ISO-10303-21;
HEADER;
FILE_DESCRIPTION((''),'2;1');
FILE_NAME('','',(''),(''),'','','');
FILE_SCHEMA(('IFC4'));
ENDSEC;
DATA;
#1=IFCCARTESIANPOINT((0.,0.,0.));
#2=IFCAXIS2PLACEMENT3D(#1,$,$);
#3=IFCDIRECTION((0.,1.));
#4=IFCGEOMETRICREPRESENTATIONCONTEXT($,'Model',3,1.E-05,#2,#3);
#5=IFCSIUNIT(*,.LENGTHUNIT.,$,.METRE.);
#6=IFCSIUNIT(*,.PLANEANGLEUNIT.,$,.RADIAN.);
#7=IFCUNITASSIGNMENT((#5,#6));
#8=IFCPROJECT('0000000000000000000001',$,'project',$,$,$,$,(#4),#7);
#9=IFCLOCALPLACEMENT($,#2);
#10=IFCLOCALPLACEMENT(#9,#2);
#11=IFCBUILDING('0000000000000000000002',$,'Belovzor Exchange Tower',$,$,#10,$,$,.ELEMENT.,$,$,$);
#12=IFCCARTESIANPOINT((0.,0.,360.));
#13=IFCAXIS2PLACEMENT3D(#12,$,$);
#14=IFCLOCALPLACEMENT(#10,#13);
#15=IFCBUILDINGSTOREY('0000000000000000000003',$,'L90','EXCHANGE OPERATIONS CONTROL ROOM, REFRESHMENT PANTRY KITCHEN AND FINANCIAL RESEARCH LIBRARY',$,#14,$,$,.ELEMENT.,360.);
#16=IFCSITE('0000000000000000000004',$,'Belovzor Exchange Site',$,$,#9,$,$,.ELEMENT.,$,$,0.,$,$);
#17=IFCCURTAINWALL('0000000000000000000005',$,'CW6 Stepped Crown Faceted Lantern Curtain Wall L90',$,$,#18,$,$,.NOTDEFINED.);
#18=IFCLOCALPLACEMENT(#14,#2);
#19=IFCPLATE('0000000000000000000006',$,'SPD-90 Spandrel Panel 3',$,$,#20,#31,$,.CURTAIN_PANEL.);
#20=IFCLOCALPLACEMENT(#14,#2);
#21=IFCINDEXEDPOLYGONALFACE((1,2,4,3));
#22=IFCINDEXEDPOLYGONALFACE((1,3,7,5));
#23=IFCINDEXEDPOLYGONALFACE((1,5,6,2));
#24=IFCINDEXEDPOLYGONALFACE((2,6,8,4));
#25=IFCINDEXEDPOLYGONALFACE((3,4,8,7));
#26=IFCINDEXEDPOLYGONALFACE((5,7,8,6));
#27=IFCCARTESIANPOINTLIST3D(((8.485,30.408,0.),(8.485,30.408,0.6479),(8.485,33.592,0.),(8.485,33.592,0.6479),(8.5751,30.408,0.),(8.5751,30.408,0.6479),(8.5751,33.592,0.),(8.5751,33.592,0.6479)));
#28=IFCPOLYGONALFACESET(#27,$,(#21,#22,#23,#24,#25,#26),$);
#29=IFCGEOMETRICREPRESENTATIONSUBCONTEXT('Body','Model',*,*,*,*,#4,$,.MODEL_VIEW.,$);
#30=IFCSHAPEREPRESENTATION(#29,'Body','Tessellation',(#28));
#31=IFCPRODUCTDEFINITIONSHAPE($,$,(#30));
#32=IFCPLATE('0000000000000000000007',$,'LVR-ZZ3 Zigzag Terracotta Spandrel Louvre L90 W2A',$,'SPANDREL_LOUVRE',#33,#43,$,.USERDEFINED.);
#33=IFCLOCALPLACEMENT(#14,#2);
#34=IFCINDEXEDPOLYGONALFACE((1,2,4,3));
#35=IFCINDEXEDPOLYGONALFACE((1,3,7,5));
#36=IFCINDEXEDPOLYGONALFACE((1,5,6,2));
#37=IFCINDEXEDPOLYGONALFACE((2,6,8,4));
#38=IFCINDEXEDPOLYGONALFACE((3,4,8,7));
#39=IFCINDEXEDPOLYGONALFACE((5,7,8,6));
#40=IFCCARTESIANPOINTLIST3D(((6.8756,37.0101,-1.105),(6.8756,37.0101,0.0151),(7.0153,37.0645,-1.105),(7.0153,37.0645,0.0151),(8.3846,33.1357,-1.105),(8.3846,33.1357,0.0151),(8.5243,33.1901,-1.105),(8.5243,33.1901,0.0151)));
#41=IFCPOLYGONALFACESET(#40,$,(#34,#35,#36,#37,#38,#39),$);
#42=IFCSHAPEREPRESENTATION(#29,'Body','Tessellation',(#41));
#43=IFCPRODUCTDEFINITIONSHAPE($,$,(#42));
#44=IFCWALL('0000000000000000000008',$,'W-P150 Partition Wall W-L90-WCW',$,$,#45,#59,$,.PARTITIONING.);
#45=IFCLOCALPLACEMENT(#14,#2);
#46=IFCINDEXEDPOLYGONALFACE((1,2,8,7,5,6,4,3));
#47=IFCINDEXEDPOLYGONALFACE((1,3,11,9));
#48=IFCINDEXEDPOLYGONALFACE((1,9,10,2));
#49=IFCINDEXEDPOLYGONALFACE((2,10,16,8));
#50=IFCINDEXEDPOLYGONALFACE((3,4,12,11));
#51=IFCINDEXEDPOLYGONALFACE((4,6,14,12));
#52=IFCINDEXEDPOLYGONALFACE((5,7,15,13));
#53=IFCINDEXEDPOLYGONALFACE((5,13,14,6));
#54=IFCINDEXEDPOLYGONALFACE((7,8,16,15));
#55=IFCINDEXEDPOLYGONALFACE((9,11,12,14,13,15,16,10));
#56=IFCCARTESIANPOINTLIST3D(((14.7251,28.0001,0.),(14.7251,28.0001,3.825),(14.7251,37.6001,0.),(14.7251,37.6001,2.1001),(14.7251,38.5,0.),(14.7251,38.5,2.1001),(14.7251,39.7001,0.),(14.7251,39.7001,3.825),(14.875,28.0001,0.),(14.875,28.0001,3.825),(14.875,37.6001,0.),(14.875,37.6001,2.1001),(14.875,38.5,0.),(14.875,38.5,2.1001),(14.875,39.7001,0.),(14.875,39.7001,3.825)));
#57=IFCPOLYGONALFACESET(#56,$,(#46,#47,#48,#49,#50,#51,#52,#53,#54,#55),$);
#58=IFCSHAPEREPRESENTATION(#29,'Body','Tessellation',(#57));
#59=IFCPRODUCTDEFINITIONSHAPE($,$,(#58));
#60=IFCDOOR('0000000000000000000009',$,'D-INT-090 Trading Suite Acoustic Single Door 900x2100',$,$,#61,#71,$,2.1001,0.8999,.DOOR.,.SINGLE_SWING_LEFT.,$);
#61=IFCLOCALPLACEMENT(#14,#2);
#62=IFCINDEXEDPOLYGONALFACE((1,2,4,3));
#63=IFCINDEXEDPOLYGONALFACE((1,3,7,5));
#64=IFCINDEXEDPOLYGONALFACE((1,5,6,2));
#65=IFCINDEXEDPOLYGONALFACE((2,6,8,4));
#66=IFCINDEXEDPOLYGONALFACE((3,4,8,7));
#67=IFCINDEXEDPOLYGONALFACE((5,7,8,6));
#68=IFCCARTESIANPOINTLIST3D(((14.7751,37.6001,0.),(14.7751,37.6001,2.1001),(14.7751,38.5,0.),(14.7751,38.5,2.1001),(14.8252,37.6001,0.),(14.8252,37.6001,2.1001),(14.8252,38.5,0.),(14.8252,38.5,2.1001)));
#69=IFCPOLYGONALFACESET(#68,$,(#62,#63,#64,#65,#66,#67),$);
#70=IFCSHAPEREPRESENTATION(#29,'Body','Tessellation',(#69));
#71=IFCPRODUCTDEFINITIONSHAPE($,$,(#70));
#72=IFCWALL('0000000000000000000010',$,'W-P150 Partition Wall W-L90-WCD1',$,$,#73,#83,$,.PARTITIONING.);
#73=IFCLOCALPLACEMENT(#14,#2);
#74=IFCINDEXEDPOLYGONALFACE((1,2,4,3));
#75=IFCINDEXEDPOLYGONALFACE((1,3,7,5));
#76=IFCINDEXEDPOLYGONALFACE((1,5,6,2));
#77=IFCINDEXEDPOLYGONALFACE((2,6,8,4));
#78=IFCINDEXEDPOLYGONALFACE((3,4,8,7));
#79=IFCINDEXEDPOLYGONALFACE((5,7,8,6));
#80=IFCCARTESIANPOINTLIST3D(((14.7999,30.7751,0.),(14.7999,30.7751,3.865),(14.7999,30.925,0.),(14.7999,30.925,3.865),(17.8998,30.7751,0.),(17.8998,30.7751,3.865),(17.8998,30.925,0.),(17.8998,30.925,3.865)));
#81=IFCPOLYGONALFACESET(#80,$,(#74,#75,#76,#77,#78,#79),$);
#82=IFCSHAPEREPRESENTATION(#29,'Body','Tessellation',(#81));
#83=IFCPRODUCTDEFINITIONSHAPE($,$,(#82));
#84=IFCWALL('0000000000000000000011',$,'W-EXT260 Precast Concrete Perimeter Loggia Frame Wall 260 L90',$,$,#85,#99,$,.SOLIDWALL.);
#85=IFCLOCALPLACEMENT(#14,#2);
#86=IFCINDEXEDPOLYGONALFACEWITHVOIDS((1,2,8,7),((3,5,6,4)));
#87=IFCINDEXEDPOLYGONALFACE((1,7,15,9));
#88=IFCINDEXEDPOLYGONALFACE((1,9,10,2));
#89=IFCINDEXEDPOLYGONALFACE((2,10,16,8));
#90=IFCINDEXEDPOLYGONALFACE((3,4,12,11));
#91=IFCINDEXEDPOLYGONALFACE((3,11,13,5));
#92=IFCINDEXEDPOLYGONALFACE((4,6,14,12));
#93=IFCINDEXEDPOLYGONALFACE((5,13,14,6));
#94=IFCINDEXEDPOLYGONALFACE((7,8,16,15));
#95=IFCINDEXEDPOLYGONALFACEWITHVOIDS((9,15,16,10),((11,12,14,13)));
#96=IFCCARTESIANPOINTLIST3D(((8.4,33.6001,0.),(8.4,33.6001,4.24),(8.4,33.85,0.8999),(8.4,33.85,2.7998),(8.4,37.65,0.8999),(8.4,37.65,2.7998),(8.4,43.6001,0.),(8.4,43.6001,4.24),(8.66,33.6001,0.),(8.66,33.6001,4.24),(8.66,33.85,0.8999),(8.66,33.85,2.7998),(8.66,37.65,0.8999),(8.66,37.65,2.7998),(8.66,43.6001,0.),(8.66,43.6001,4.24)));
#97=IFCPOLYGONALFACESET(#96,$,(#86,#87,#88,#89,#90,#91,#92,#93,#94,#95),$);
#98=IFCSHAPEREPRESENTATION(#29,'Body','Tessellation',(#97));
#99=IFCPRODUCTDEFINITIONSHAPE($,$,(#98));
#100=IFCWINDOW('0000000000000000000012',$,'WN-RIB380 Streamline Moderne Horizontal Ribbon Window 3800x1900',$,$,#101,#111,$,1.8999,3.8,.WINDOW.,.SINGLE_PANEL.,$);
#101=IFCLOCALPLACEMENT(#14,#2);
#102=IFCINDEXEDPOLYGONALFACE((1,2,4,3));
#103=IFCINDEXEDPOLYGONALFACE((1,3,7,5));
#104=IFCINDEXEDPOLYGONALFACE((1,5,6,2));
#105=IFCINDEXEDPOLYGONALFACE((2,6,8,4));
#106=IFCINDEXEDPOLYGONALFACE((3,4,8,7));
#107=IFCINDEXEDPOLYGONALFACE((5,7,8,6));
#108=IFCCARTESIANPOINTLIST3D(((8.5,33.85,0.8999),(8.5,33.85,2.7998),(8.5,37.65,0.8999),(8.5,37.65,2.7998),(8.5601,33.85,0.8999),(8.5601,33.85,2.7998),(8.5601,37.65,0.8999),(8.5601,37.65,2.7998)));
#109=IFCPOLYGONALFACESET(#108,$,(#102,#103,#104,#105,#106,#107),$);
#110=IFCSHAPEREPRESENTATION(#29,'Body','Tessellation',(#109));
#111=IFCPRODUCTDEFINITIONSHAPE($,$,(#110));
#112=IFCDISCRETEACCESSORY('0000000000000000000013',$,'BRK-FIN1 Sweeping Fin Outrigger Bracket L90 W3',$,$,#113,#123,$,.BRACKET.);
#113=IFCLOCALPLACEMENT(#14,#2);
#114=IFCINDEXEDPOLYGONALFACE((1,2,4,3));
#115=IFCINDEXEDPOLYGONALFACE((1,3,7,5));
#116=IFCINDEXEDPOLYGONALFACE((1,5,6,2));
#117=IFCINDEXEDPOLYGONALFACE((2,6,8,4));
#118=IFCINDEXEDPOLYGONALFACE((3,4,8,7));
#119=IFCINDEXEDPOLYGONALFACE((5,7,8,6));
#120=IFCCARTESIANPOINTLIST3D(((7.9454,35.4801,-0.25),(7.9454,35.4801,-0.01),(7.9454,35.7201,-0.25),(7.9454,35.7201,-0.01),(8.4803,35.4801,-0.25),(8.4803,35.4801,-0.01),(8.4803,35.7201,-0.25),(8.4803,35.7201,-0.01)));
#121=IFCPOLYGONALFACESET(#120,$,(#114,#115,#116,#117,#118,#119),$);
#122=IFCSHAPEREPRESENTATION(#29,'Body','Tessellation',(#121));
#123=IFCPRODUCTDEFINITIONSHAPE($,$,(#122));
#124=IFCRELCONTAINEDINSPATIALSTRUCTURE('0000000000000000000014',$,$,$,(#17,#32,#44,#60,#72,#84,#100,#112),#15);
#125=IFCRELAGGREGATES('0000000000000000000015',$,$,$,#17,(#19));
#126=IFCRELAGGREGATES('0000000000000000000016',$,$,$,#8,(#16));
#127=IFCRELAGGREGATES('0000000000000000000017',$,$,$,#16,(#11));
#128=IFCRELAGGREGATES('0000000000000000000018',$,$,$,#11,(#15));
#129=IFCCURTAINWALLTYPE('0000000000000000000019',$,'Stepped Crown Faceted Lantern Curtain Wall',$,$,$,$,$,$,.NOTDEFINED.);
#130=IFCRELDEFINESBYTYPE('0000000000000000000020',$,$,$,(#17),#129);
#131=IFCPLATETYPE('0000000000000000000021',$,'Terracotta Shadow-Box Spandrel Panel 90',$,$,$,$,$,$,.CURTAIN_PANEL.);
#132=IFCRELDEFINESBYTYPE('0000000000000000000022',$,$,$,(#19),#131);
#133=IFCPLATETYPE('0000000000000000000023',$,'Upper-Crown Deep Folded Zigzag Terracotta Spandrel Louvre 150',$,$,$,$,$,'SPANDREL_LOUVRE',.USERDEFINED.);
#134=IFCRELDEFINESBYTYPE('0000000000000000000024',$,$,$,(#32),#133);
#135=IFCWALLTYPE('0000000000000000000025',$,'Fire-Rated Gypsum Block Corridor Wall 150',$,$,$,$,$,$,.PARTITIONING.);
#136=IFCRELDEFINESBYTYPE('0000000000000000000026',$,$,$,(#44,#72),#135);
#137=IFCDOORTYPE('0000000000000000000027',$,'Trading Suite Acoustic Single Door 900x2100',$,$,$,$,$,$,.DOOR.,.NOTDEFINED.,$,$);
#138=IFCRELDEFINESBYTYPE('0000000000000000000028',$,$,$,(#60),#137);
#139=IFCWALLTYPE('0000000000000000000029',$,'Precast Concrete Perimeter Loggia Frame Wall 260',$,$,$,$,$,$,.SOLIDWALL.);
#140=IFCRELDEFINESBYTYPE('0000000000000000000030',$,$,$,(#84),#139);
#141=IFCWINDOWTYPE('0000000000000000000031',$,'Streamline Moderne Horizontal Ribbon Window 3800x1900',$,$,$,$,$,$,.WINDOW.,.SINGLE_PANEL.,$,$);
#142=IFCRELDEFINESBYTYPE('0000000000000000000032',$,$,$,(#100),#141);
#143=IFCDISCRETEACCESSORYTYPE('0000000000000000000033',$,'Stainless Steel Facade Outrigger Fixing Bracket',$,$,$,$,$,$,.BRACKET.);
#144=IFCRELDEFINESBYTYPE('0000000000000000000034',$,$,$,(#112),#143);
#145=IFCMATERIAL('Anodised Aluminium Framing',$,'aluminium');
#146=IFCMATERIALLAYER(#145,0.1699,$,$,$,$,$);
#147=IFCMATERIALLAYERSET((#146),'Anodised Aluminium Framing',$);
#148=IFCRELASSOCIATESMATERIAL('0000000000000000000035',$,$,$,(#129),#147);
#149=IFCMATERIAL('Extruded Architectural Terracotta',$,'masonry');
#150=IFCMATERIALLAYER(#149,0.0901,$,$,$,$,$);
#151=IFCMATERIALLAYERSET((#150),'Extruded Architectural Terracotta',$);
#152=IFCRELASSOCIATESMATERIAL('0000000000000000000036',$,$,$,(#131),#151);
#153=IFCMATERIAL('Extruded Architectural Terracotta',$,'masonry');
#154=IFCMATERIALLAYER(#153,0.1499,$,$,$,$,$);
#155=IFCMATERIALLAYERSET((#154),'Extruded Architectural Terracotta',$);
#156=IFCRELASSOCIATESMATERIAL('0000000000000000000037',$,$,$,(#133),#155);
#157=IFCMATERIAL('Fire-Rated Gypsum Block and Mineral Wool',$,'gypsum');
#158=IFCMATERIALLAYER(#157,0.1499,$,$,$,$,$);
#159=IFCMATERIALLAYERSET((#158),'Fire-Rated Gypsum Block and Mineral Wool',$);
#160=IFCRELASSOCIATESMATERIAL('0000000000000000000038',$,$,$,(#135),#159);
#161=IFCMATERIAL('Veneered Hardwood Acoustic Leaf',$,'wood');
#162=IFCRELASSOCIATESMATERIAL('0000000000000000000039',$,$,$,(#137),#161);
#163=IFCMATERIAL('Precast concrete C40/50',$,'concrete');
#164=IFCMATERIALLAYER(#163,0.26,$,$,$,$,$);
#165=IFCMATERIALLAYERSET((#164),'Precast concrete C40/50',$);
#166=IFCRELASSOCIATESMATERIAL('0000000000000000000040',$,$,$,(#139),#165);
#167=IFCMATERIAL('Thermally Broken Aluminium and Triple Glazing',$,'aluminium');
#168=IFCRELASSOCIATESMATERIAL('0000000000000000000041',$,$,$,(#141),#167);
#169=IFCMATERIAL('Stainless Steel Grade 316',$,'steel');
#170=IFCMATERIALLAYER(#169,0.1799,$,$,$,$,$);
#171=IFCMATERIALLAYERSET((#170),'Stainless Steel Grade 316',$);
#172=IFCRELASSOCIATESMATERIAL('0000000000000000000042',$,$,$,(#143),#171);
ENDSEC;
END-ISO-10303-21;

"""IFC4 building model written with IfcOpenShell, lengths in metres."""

from ifc_helpers import new_model, si_unit, direction, frame, frame_2d, origin, origin_2d, place, context, subcontext, project, spatial, rectangle, extrude, material, layer, layer_set, type_object, element, fill, aggregate, save


model = new_model("IFC4")

# Units and contexts
model_context = context("Model", 3, precision=1e-05, world=origin(), true_north=direction((0.0, 1.0)))
body_context = subcontext(model_context, "Body", "Model", "MODEL_VIEW")
ifc_project = project(units=[si_unit("LENGTHUNIT", "METRE"), si_unit("PLANEANGLEUNIT", "RADIAN")], contexts=[model_context])

# Site, building, storey
site_placement = place(None, origin())
site = spatial("IfcSite", under=ifc_project, at=site_placement, Name="Belovzor Exchange Site", CompositionType="ELEMENT", RefElevation=0.0)
building_placement = place(site_placement, origin())
building = spatial("IfcBuilding", under=site, at=building_placement, Name="Belovzor Exchange Tower", CompositionType="ELEMENT")
storey_placement = place(building_placement, frame((0.0, 0.0, 360.0)))
storey = spatial("IfcBuildingStorey", under=building, at=storey_placement, Name="L90", Description="EXCHANGE OPERATIONS CONTROL ROOM, REFRESHMENT PANTRY KITCHEN AND FINANCIAL RESEARCH LIBRARY", CompositionType="ELEMENT", Elevation=360.0)

# Curtain wall
ifc_material_1 = material(Name="Anodised Aluminium Framing", Category="aluminium")
ifc_layer_1 = layer(ifc_material_1, 0.1699)
ifc_layer_set_1 = layer_set([ifc_layer_1], Name="Anodised Aluminium Framing")
curtain_wall_type = type_object("IfcCurtainWallType", Name="Stepped Crown Faceted Lantern Curtain Wall", PredefinedType="NOTDEFINED", material=ifc_layer_set_1)
curtain_wall_placement = place(storey_placement, origin())
curtain_wall = element("IfcCurtainWall", 1, at=curtain_wall_placement, inside=storey, type_object=curtain_wall_type, Name="CW6 Stepped Crown Faceted Lantern Curtain Wall L90", PredefinedType="NOTDEFINED")

# Plates
ifc_material_2 = material(Name="Extruded Architectural Terracotta", Category="masonry")
ifc_layer_2 = layer(ifc_material_2, 0.0901)
ifc_layer_set_2 = layer_set([ifc_layer_2], Name="Extruded Architectural Terracotta")
plate_type_1 = type_object("IfcPlateType", Name="Terracotta Shadow-Box Spandrel Panel 90", PredefinedType="CURTAIN_PANEL", material=ifc_layer_set_2)
plate_1_placement = place(storey_placement, frame((8.53, 32.0, 0.0), z_axis=(0.0, 0.0, 1.0), x_axis=(0.0, 1.0, 0.0)))
plate_1 = element("IfcPlate", 2, at=plate_1_placement, type_object=plate_type_1, Name="SPD-90 Spandrel Panel 3", PredefinedType="CURTAIN_PANEL", context=body_context, shape_type="SweptSolid", body=[
    extrude(rectangle(XDim=3.1841, YDim=0.0901, at=origin_2d()), origin(), (0.0, 0.0, 1.0), 0.6479),
])
aggregate(curtain_wall, [plate_1])
ifc_material_3 = material(Name="Extruded Architectural Terracotta", Category="masonry")
ifc_layer_3 = layer(ifc_material_3, 0.1499)
ifc_layer_set_3 = layer_set([ifc_layer_3], Name="Extruded Architectural Terracotta")
plate_type_2 = type_object("IfcPlateType", Name="Upper-Crown Deep Folded Zigzag Terracotta Spandrel Louvre 150", ElementType="SPANDREL_LOUVRE", PredefinedType="USERDEFINED", material=ifc_layer_set_3)
plate_2_placement = place(storey_placement, frame((7.7, 35.1001, -1.105), z_axis=(0.0, 0.0, 1.0), x_axis=(-0.362926, 0.931818, 0.0)))
element("IfcPlate", 3, at=plate_2_placement, inside=storey, type_object=plate_type_2, Name="LVR-ZZ3 Zigzag Terracotta Spandrel Louvre L90 W2A", ObjectType="SPANDREL_LOUVRE", PredefinedType="USERDEFINED", context=body_context, shape_type="SweptSolid", body=[
    extrude(rectangle(XDim=4.158, YDim=0.1499, at=origin_2d()), origin(), (0.0, 0.0, 1.0), 1.1201),
])

# Wall, opening, door
ifc_material_4 = material(Name="Fire-Rated Gypsum Block and Mineral Wool", Category="gypsum")
ifc_layer_4 = layer(ifc_material_4, 0.1499)
ifc_layer_set_4 = layer_set([ifc_layer_4], Name="Fire-Rated Gypsum Block and Mineral Wool")
wall_type_1 = type_object("IfcWallType", Name="Fire-Rated Gypsum Block Corridor Wall 150", PredefinedType="PARTITIONING", material=ifc_layer_set_4)
wall_1_placement = place(storey_placement, frame((14.8, 28.0, 0.0), z_axis=(0.0, 0.0, 1.0), x_axis=(0.0, 1.0, 0.0)))
wall_1 = element("IfcWall", 4, at=wall_1_placement, inside=storey, type_object=wall_type_1, Name="W-P150 Partition Wall W-L90-WCW", PredefinedType="PARTITIONING", context=body_context, shape_type="SweptSolid", body=[
    extrude(rectangle(XDim=11.7, YDim=0.1499, at=frame_2d((5.8501, 0.0))), origin(), (0.0, 0.0, 1.0), 3.825),
])
opening_1_placement = place(wall_1_placement, frame((9.6001, 0.0, 0.0)))
opening_1 = element("IfcOpeningElement", 5, at=opening_1_placement, cuts=wall_1, PredefinedType="OPENING", context=body_context, shape_type="SweptSolid", body=[
    extrude(rectangle(XDim=0.8999, YDim=2.1001, at=frame_2d((0.45, 1.05))), frame((0.0, 0.085, 0.0), z_axis=(0.0, -1.0, 0.0), x_axis=(1.0, 0.0, 0.0)), (0.0, 0.0, 1.0), 0.1699),
])
ifc_material_5 = material(Name="Veneered Hardwood Acoustic Leaf", Category="wood")
door_type = type_object("IfcDoorType", Name="Trading Suite Acoustic Single Door 900x2100", OperationType="NOTDEFINED", PredefinedType="DOOR", material=ifc_material_5)
door_placement = place(opening_1_placement, origin())
door = element("IfcDoor", 6, at=door_placement, inside=storey, type_object=door_type, Name="D-INT-090 Trading Suite Acoustic Single Door 900x2100", OperationType="SINGLE_SWING_LEFT", OverallHeight=2.1001, OverallWidth=0.8999, PredefinedType="DOOR", context=body_context, shape_type="SweptSolid", body=[
    extrude(rectangle(XDim=0.8999, YDim=2.1001, at=frame_2d((0.45, 1.05))), frame((0.0, 0.0249, 0.0), z_axis=(0.0, -1.0, 0.0), x_axis=(1.0, 0.0, 0.0)), (0.0, 0.0, 1.0), 0.05),
])
fill(opening_1, door)

# Wall
wall_2_placement = place(storey_placement, frame((14.8, 30.8501, 0.0), z_axis=(0.0, 0.0, 1.0), x_axis=(1.0, 0.0, 0.0)))
element("IfcWall", 7, at=wall_2_placement, inside=storey, type_object=wall_type_1, Name="W-P150 Partition Wall W-L90-WCD1", PredefinedType="PARTITIONING", context=body_context, shape_type="SweptSolid", body=[
    extrude(rectangle(XDim=3.0999, YDim=0.1499, at=frame_2d((1.5498, 0.0))), origin(), (0.0, 0.0, 1.0), 3.865),
])

# Wall, opening, window
ifc_material_6 = material(Name="Precast concrete C40/50", Category="concrete")
ifc_layer_5 = layer(ifc_material_6, 0.26)
ifc_layer_set_5 = layer_set([ifc_layer_5], Name="Precast concrete C40/50")
wall_type_2 = type_object("IfcWallType", Name="Precast Concrete Perimeter Loggia Frame Wall 260", PredefinedType="SOLIDWALL", material=ifc_layer_set_5)
wall_3_placement = place(storey_placement, frame((8.53, 33.6001, 0.0), z_axis=(0.0, 0.0, 1.0), x_axis=(0.0, 1.0, 0.0)))
wall_3 = element("IfcWall", 8, at=wall_3_placement, inside=storey, type_object=wall_type_2, Name="W-EXT260 Precast Concrete Perimeter Loggia Frame Wall 260 L90", PredefinedType="SOLIDWALL", context=body_context, shape_type="SweptSolid", body=[
    extrude(rectangle(XDim=10.0, YDim=0.26, at=frame_2d((5.0, 0.0))), origin(), (0.0, 0.0, 1.0), 4.24),
])
opening_2_placement = place(wall_3_placement, frame((0.25, 0.0, 0.8999)))
opening_2 = element("IfcOpeningElement", 9, at=opening_2_placement, cuts=wall_3, PredefinedType="OPENING", context=body_context, shape_type="SweptSolid", body=[
    extrude(rectangle(XDim=3.8, YDim=1.8999, at=frame_2d((1.8999, 0.95))), frame((0.0, 0.1399, 0.0), z_axis=(0.0, -1.0, 0.0), x_axis=(1.0, 0.0, 0.0)), (0.0, 0.0, 1.0), 0.28),
])
ifc_material_7 = material(Name="Thermally Broken Aluminium and Triple Glazing", Category="aluminium")
window_type = type_object("IfcWindowType", Name="Streamline Moderne Horizontal Ribbon Window 3800x1900", PartitioningType="SINGLE_PANEL", PredefinedType="WINDOW", material=ifc_material_7)
window_placement = place(opening_2_placement, origin())
window = element("IfcWindow", 10, at=window_placement, inside=storey, type_object=window_type, Name="WN-RIB380 Streamline Moderne Horizontal Ribbon Window 3800x1900", OverallHeight=1.8999, OverallWidth=3.8, PartitioningType="SINGLE_PANEL", PredefinedType="WINDOW", context=body_context, shape_type="SweptSolid", body=[
    extrude(rectangle(XDim=3.8, YDim=1.8999, at=frame_2d((1.8999, 0.95))), frame((0.0, 0.03, 0.0), z_axis=(0.0, -1.0, 0.0), x_axis=(1.0, 0.0, 0.0)), (0.0, 0.0, 1.0), 0.0601),
])
fill(opening_2, window)

# Discrete accessory
ifc_material_8 = material(Name="Stainless Steel Grade 316", Category="steel")
ifc_layer_6 = layer(ifc_material_8, 0.1799)
ifc_layer_set_6 = layer_set([ifc_layer_6], Name="Stainless Steel Grade 316")
discrete_accessory_type = type_object("IfcDiscreteAccessoryType", Name="Stainless Steel Facade Outrigger Fixing Bracket", PredefinedType="BRACKET", material=ifc_layer_set_6)
discrete_accessory_placement = place(storey_placement, frame((8.2129, 35.6001, -0.25), z_axis=(0.0, 0.0, 1.0), x_axis=(1.0, 0.0, 0.0)))
element("IfcDiscreteAccessory", 11, at=discrete_accessory_placement, inside=storey, type_object=discrete_accessory_type, Name="BRK-FIN1 Sweeping Fin Outrigger Bracket L90 W3", PredefinedType="BRACKET", context=body_context, shape_type="SweptSolid", body=[
    extrude(rectangle(XDim=0.5349, YDim=0.24, at=origin_2d()), origin(), (0.0, 0.0, 1.0), 0.24),
])

save(model, "model.ifc")
